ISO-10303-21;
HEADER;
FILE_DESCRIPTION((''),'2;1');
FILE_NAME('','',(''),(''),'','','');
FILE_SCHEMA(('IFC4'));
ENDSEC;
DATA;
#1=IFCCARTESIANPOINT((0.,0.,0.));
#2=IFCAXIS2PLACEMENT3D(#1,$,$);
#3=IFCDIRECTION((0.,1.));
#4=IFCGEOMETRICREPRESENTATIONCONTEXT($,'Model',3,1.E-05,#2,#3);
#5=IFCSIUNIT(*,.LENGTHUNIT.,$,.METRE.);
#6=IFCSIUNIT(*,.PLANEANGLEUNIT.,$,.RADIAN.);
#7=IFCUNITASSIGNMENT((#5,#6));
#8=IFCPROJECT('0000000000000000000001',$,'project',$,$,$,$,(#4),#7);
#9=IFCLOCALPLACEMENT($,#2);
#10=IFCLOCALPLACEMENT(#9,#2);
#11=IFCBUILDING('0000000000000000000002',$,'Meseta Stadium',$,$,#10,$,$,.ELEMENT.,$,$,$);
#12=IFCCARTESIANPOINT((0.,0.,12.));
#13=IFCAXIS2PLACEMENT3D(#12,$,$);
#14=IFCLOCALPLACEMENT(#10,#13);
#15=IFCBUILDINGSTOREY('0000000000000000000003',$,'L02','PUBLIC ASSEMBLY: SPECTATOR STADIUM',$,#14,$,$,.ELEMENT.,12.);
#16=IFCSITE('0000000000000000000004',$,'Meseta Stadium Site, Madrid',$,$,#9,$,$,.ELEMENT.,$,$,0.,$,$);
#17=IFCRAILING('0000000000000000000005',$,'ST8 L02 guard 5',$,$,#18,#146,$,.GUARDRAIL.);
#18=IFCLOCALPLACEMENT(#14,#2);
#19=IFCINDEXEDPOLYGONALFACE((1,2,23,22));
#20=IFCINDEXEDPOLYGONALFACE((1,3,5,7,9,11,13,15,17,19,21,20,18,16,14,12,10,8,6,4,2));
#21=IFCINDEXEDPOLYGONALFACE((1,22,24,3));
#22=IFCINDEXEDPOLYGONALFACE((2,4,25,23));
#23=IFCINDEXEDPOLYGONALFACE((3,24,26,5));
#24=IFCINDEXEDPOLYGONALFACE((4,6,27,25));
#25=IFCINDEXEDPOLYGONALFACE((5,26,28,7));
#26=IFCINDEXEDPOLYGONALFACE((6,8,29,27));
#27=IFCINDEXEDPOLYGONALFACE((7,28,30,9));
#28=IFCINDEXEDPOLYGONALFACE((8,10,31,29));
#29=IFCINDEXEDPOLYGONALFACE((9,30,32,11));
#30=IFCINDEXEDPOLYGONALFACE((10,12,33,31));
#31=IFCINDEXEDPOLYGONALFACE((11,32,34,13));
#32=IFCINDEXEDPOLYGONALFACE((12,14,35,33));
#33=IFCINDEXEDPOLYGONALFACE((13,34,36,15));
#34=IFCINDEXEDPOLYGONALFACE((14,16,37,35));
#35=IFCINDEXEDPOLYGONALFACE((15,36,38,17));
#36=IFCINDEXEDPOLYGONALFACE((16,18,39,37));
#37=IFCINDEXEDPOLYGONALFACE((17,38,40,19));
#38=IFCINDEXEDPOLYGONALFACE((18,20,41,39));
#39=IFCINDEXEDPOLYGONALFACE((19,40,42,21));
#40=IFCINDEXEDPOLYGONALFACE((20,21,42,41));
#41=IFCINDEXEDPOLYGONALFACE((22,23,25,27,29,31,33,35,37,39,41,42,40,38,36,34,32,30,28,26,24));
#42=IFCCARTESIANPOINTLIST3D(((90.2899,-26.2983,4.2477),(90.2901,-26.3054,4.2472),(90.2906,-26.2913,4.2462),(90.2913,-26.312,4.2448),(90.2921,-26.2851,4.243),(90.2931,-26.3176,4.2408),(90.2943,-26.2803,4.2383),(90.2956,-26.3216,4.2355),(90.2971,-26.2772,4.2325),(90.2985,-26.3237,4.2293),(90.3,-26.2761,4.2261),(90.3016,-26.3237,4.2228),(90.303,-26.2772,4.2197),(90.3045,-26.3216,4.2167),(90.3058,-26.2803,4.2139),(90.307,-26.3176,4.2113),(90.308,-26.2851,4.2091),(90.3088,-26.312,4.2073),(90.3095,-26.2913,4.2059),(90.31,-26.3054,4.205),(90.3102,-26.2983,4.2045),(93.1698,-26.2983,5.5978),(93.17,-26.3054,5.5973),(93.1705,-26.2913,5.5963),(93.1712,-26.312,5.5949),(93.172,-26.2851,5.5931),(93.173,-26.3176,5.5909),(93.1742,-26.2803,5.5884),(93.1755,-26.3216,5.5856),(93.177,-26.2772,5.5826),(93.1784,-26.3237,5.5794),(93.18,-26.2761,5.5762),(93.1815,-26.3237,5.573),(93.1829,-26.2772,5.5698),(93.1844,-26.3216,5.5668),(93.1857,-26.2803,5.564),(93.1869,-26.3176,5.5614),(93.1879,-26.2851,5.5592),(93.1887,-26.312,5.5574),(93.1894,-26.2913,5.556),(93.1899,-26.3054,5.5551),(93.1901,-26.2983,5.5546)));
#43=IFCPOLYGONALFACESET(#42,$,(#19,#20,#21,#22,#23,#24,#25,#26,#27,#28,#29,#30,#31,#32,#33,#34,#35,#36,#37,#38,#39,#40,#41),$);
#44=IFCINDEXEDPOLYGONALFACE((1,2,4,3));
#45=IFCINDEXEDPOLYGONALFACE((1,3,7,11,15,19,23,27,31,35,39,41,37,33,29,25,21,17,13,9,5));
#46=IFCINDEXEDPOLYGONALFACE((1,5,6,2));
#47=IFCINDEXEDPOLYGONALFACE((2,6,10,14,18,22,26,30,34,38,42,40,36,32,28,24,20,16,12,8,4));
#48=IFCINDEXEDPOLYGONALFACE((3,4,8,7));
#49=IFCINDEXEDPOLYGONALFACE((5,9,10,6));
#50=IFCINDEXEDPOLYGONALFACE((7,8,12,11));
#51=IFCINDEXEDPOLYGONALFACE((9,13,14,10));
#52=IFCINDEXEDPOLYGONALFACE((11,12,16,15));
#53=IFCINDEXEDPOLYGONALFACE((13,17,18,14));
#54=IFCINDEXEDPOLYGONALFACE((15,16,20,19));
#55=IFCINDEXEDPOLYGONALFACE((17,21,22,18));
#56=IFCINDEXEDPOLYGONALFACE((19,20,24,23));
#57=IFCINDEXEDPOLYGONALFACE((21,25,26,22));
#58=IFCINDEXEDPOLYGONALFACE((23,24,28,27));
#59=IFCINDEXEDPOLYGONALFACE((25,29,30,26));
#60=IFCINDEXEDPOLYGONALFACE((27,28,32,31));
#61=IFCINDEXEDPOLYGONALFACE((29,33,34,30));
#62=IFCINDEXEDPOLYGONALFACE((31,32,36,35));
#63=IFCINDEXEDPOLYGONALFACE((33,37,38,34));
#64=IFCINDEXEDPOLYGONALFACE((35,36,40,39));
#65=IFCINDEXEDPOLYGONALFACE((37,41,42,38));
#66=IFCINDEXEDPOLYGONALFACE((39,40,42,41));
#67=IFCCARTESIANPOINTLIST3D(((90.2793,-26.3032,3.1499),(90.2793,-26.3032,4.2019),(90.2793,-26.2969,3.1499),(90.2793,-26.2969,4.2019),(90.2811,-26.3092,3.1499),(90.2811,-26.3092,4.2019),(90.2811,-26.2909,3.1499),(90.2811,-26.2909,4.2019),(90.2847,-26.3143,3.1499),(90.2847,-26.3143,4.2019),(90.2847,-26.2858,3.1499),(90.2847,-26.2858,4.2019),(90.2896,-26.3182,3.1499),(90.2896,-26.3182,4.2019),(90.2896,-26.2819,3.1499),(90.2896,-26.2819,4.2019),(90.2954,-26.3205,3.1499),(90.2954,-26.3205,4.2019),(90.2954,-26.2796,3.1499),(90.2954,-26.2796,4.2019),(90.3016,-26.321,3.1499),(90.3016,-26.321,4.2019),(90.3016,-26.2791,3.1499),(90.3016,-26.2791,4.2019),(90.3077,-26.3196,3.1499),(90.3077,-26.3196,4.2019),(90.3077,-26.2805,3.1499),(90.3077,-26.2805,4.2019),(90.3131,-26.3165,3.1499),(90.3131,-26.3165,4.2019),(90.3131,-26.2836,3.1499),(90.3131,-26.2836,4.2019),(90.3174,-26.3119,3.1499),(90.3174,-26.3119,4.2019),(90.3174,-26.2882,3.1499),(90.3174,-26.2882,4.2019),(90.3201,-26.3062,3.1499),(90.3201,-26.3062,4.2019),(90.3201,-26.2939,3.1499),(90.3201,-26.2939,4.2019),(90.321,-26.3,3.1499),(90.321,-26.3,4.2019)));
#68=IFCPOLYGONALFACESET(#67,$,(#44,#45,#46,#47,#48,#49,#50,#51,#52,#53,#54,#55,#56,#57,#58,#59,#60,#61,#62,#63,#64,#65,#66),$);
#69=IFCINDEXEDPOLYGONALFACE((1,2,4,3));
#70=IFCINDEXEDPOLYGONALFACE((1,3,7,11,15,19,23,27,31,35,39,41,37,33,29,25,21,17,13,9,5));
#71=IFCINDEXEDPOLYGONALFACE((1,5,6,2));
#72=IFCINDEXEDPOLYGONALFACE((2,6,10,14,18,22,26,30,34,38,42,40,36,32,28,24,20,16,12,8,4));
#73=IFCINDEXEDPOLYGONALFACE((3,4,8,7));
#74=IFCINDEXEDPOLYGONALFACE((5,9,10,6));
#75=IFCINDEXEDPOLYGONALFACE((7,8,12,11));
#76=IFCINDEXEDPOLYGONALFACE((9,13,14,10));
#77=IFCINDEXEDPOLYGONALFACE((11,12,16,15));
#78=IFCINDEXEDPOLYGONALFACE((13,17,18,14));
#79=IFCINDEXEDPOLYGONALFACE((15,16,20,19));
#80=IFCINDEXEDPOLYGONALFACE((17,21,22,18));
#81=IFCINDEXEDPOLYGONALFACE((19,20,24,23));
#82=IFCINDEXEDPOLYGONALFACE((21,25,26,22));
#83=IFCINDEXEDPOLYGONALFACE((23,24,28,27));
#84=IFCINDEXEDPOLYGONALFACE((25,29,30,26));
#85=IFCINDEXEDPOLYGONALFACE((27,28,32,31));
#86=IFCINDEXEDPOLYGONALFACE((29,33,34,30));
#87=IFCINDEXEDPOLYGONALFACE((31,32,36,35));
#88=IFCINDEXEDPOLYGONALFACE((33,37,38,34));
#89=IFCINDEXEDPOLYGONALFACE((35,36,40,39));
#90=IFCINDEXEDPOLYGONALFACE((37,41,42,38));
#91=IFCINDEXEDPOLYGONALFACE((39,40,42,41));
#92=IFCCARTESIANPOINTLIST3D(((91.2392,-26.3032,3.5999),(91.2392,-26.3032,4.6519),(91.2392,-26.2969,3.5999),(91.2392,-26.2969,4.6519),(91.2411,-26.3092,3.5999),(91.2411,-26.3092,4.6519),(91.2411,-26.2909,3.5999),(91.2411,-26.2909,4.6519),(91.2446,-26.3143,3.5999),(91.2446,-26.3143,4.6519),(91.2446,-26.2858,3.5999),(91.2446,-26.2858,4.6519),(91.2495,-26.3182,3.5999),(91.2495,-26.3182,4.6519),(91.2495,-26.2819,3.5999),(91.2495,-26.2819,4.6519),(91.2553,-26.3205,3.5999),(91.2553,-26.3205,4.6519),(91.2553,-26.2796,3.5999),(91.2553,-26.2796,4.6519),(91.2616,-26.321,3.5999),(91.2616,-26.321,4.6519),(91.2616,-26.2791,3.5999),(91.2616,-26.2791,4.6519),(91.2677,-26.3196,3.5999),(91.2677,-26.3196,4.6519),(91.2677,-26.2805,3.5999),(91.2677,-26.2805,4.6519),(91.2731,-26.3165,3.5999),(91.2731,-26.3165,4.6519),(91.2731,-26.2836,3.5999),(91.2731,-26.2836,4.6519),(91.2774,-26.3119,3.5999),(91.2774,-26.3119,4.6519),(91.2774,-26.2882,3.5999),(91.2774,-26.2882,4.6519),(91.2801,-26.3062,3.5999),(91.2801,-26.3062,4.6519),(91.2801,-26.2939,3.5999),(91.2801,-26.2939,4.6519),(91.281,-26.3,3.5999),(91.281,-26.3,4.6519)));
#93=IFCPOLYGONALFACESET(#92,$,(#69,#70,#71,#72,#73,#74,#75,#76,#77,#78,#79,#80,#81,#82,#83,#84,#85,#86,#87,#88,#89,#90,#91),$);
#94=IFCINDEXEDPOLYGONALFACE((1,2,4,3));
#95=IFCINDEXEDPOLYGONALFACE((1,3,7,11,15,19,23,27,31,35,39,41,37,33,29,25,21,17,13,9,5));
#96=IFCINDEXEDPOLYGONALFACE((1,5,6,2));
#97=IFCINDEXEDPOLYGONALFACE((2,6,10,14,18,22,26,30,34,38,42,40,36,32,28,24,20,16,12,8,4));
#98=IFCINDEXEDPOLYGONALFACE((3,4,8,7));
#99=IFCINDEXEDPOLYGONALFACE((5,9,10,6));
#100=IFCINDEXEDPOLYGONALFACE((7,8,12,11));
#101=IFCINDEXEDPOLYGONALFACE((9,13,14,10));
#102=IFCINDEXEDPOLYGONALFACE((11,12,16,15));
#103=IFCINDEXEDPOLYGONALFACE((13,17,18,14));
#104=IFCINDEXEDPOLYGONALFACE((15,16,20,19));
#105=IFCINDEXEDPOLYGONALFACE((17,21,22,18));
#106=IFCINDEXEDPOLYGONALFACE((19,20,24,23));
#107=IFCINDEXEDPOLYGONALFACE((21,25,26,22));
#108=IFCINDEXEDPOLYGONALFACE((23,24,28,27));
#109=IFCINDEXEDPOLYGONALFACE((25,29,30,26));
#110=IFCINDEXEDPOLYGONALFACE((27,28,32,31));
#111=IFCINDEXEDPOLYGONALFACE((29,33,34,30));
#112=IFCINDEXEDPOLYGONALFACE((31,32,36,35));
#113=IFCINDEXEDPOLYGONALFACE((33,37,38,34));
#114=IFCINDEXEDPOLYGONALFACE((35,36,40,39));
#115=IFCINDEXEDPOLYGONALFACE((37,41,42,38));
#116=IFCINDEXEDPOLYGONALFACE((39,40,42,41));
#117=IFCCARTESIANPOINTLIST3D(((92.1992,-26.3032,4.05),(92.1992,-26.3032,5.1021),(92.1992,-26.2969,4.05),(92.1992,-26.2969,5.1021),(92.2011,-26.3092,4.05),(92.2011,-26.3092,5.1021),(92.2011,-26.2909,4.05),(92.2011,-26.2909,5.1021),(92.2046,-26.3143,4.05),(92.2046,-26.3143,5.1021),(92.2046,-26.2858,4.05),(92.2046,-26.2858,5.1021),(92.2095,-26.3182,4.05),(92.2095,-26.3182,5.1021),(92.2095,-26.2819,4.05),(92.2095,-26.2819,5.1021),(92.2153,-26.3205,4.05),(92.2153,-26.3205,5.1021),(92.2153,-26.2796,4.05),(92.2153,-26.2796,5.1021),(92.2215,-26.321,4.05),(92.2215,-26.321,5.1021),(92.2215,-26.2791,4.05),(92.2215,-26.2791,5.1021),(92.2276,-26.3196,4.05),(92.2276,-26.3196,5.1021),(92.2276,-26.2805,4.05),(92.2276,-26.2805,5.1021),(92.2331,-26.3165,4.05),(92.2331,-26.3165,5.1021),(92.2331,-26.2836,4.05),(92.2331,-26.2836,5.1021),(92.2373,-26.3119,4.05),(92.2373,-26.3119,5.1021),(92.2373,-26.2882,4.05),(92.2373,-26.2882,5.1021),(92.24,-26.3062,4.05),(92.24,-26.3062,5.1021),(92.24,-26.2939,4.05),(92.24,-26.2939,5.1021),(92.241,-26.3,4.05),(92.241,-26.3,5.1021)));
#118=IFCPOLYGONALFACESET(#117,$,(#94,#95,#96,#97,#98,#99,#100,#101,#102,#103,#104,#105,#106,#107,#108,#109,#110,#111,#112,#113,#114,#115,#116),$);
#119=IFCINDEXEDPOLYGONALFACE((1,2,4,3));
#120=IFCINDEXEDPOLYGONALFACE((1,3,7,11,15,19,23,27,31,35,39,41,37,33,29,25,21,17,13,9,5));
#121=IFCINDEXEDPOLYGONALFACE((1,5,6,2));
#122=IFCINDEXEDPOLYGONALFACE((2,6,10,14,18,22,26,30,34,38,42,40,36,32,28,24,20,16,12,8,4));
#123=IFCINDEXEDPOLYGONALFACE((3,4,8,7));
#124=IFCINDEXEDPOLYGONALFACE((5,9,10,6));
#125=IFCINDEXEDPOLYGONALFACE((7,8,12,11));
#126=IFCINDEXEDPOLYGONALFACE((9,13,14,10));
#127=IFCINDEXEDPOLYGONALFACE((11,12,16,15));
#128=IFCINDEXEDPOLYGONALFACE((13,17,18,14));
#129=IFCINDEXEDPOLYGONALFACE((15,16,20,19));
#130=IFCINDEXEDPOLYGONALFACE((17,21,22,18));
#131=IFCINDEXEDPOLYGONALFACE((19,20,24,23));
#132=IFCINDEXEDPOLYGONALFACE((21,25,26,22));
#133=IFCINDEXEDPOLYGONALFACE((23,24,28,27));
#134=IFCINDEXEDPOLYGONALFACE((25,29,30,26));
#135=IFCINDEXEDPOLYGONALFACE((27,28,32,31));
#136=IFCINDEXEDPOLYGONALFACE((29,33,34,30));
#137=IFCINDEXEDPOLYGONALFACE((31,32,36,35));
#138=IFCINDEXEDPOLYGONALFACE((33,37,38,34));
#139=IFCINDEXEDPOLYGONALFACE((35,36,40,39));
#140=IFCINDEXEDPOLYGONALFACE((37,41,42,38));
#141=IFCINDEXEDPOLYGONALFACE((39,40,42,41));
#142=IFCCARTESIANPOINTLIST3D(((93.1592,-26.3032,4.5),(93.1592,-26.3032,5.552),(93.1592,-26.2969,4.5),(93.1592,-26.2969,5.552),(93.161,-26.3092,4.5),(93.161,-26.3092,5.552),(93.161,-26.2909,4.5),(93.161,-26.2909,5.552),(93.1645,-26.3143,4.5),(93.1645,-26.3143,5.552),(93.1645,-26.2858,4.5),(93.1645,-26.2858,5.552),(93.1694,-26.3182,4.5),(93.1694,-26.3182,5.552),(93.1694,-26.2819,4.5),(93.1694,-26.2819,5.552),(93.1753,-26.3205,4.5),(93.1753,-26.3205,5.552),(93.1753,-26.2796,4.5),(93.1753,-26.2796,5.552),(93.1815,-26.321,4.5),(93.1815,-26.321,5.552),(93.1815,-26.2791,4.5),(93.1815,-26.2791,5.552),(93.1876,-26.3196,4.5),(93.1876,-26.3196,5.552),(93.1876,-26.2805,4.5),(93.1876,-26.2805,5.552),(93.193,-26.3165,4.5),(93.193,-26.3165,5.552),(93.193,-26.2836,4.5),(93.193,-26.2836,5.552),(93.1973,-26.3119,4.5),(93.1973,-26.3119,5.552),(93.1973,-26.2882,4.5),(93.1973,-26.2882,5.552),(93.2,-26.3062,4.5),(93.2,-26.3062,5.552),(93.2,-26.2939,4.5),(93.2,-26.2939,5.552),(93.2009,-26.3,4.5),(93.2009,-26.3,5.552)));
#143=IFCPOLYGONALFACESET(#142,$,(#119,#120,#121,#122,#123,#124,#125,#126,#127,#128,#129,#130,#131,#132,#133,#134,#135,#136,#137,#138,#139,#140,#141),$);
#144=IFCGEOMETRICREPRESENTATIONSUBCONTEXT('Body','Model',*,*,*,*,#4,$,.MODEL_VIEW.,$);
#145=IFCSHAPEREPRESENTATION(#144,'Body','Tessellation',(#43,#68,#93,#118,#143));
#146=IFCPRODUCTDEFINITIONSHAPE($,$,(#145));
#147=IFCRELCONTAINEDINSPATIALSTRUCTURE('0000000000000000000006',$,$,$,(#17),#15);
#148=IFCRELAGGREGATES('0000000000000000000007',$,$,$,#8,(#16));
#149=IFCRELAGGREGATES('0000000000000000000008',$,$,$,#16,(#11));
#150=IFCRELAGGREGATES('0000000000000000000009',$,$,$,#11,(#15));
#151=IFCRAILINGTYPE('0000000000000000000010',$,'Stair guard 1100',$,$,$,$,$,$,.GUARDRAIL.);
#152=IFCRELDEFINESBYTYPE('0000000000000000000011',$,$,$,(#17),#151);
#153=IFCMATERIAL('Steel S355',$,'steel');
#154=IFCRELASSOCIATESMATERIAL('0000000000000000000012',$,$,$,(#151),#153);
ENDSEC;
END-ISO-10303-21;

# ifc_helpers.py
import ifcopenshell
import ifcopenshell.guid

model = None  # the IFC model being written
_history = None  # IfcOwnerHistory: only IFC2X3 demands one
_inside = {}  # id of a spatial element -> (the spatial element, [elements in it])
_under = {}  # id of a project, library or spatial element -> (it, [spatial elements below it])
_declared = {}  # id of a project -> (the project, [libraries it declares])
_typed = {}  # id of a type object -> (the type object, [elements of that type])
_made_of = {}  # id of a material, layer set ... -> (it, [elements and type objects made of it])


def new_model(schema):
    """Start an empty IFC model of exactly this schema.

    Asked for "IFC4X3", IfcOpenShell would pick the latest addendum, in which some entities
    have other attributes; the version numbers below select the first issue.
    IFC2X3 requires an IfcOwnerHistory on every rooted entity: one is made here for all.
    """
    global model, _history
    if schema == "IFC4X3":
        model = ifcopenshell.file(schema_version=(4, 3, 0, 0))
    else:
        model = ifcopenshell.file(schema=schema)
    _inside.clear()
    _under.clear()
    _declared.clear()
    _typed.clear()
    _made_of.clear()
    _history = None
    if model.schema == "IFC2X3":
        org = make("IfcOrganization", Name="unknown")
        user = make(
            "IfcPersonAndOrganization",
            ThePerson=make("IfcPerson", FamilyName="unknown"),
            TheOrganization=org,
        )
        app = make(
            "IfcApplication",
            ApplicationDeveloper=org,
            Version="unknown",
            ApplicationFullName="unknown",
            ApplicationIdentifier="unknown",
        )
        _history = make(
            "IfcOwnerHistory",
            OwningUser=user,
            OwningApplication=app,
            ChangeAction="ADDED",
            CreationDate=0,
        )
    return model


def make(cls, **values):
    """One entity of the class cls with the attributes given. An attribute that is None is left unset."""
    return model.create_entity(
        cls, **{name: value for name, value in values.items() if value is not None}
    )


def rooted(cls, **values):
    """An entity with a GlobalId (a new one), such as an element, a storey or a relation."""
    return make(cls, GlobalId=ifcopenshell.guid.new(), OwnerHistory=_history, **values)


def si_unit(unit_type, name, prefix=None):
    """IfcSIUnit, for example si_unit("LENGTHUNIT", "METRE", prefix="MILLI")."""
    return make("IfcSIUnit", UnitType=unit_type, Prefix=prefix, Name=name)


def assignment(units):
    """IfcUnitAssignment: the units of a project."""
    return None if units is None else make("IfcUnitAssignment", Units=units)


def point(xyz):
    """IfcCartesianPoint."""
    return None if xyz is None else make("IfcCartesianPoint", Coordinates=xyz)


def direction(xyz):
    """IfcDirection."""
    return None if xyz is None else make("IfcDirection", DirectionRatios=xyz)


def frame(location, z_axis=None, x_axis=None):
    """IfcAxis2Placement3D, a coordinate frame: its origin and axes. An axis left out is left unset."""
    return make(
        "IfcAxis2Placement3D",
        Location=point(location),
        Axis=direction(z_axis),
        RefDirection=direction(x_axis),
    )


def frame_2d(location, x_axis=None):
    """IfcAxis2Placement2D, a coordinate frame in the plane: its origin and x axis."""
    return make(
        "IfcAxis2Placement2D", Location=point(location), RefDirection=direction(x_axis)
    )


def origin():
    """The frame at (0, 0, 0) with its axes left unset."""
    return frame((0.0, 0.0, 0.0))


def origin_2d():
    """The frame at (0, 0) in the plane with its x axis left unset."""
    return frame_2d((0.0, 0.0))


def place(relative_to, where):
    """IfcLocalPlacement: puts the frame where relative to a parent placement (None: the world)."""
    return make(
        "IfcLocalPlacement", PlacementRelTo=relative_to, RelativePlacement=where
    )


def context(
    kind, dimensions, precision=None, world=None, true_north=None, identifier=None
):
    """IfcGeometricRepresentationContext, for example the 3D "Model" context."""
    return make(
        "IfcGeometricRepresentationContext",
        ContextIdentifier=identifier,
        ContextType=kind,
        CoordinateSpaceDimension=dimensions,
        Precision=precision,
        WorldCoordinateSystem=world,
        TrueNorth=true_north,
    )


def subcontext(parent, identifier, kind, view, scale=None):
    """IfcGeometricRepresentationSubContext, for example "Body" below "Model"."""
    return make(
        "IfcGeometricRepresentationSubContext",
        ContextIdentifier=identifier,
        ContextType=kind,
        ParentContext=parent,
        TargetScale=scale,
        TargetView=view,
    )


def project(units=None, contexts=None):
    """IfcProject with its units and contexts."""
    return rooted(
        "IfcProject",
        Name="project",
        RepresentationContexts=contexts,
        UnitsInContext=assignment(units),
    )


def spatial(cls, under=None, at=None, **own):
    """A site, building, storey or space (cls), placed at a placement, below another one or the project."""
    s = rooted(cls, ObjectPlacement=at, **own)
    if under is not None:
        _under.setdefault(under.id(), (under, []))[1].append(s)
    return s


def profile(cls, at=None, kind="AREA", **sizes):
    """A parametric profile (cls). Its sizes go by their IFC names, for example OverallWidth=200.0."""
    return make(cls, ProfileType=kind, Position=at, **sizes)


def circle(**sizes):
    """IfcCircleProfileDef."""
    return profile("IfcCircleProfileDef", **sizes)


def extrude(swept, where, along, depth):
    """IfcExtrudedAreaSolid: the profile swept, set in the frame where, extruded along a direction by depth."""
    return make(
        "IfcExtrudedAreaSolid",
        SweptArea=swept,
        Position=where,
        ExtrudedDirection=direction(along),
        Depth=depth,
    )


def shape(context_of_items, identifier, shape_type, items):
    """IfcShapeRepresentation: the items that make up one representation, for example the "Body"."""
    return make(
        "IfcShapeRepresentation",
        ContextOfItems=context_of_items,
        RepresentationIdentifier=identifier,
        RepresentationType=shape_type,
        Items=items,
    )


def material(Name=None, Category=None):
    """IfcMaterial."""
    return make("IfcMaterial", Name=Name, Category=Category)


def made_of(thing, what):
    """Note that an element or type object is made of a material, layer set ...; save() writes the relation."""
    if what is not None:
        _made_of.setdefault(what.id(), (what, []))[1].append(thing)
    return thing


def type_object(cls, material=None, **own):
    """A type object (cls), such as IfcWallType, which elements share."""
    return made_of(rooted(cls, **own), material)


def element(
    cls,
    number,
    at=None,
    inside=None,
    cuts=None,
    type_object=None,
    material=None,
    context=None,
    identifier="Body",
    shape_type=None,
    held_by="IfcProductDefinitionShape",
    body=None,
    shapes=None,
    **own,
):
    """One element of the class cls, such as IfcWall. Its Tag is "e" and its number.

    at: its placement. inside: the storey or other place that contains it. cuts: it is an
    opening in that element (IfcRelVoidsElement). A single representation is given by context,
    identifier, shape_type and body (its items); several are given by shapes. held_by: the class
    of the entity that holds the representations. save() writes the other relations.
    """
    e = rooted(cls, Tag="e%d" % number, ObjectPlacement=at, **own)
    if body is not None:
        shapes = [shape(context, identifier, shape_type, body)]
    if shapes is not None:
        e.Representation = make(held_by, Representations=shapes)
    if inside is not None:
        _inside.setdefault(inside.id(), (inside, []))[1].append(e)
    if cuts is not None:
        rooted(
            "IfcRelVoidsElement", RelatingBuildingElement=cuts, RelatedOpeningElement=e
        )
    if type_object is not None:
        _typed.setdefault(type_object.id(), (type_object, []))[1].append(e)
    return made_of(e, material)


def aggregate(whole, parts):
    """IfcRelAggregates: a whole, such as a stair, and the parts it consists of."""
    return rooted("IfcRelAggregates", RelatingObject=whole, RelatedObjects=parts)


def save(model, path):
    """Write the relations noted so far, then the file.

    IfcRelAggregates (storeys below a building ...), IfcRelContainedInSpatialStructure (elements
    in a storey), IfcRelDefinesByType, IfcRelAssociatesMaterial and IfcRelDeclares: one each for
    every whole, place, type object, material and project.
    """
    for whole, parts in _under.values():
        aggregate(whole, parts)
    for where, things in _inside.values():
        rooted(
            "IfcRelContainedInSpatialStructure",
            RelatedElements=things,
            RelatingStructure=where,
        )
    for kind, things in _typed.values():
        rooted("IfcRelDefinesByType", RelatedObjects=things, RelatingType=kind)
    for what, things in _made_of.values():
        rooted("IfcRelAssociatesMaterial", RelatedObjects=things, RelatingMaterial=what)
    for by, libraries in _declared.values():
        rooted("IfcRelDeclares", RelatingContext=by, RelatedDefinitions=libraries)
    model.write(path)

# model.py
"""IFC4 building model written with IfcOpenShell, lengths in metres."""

from ifc_helpers import new_model, si_unit, direction, frame, origin, origin_2d, place, context, subcontext, project, spatial, circle, extrude, material, type_object, element, save


model = new_model("IFC4")

# Units and contexts
model_context = context("Model", 3, precision=1e-05, world=origin(), true_north=direction((0.0, 1.0)))
body_context = subcontext(model_context, "Body", "Model", "MODEL_VIEW")
ifc_project = project(units=[si_unit("LENGTHUNIT", "METRE"), si_unit("PLANEANGLEUNIT", "RADIAN")], contexts=[model_context])

# Site, building, storey
site_placement = place(None, origin())
site = spatial("IfcSite", under=ifc_project, at=site_placement, Name="Meseta Stadium Site, Madrid", CompositionType="ELEMENT", RefElevation=0.0)
building_placement = place(site_placement, origin())
building = spatial("IfcBuilding", under=site, at=building_placement, Name="Meseta Stadium", CompositionType="ELEMENT")
storey_placement = place(building_placement, frame((0.0, 0.0, 12.0)))
storey = spatial("IfcBuildingStorey", under=building, at=storey_placement, Name="L02", Description="PUBLIC ASSEMBLY: SPECTATOR STADIUM", CompositionType="ELEMENT", Elevation=12.0)

# Railing
ifc_material_1 = material(Name="Steel S355", Category="steel")
railing_type_1 = type_object("IfcRailingType", Name="Stair guard 1100", PredefinedType="GUARDRAIL", material=ifc_material_1)
railing_1_placement = place(storey_placement, frame((90.3, -26.3, 3.1499)))
element("IfcRailing", 1, at=railing_1_placement, inside=storey, type_object=railing_type_1, Name="ST8 L02 guard 5", PredefinedType="GUARDRAIL", context=body_context, shape_type="SweptSolid", body=[
    extrude(circle(Radius=0.0239, at=origin_2d()), frame((0.0, 0.0, 1.0762), z_axis=(0.90544, 0.0, 0.424473), x_axis=(0.0, 1.0, 0.0)), (0.0, 0.0, 1.0), 3.1807),
    extrude(circle(Radius=0.021, at=origin_2d()), origin(), (0.0, 0.0, 1.0), 1.052),
    extrude(circle(Radius=0.021, at=origin_2d()), frame((0.96, 0.0, 0.45)), (0.0, 0.0, 1.0), 1.052),
    extrude(circle(Radius=0.021, at=origin_2d()), frame((1.9199, 0.0, 0.9001)), (0.0, 0.0, 1.0), 1.052),
    extrude(circle(Radius=0.021, at=origin_2d()), frame((2.8799, 0.0, 1.3501)), (0.0, 0.0, 1.0), 1.052),
])

save(model, "model.ifc")
